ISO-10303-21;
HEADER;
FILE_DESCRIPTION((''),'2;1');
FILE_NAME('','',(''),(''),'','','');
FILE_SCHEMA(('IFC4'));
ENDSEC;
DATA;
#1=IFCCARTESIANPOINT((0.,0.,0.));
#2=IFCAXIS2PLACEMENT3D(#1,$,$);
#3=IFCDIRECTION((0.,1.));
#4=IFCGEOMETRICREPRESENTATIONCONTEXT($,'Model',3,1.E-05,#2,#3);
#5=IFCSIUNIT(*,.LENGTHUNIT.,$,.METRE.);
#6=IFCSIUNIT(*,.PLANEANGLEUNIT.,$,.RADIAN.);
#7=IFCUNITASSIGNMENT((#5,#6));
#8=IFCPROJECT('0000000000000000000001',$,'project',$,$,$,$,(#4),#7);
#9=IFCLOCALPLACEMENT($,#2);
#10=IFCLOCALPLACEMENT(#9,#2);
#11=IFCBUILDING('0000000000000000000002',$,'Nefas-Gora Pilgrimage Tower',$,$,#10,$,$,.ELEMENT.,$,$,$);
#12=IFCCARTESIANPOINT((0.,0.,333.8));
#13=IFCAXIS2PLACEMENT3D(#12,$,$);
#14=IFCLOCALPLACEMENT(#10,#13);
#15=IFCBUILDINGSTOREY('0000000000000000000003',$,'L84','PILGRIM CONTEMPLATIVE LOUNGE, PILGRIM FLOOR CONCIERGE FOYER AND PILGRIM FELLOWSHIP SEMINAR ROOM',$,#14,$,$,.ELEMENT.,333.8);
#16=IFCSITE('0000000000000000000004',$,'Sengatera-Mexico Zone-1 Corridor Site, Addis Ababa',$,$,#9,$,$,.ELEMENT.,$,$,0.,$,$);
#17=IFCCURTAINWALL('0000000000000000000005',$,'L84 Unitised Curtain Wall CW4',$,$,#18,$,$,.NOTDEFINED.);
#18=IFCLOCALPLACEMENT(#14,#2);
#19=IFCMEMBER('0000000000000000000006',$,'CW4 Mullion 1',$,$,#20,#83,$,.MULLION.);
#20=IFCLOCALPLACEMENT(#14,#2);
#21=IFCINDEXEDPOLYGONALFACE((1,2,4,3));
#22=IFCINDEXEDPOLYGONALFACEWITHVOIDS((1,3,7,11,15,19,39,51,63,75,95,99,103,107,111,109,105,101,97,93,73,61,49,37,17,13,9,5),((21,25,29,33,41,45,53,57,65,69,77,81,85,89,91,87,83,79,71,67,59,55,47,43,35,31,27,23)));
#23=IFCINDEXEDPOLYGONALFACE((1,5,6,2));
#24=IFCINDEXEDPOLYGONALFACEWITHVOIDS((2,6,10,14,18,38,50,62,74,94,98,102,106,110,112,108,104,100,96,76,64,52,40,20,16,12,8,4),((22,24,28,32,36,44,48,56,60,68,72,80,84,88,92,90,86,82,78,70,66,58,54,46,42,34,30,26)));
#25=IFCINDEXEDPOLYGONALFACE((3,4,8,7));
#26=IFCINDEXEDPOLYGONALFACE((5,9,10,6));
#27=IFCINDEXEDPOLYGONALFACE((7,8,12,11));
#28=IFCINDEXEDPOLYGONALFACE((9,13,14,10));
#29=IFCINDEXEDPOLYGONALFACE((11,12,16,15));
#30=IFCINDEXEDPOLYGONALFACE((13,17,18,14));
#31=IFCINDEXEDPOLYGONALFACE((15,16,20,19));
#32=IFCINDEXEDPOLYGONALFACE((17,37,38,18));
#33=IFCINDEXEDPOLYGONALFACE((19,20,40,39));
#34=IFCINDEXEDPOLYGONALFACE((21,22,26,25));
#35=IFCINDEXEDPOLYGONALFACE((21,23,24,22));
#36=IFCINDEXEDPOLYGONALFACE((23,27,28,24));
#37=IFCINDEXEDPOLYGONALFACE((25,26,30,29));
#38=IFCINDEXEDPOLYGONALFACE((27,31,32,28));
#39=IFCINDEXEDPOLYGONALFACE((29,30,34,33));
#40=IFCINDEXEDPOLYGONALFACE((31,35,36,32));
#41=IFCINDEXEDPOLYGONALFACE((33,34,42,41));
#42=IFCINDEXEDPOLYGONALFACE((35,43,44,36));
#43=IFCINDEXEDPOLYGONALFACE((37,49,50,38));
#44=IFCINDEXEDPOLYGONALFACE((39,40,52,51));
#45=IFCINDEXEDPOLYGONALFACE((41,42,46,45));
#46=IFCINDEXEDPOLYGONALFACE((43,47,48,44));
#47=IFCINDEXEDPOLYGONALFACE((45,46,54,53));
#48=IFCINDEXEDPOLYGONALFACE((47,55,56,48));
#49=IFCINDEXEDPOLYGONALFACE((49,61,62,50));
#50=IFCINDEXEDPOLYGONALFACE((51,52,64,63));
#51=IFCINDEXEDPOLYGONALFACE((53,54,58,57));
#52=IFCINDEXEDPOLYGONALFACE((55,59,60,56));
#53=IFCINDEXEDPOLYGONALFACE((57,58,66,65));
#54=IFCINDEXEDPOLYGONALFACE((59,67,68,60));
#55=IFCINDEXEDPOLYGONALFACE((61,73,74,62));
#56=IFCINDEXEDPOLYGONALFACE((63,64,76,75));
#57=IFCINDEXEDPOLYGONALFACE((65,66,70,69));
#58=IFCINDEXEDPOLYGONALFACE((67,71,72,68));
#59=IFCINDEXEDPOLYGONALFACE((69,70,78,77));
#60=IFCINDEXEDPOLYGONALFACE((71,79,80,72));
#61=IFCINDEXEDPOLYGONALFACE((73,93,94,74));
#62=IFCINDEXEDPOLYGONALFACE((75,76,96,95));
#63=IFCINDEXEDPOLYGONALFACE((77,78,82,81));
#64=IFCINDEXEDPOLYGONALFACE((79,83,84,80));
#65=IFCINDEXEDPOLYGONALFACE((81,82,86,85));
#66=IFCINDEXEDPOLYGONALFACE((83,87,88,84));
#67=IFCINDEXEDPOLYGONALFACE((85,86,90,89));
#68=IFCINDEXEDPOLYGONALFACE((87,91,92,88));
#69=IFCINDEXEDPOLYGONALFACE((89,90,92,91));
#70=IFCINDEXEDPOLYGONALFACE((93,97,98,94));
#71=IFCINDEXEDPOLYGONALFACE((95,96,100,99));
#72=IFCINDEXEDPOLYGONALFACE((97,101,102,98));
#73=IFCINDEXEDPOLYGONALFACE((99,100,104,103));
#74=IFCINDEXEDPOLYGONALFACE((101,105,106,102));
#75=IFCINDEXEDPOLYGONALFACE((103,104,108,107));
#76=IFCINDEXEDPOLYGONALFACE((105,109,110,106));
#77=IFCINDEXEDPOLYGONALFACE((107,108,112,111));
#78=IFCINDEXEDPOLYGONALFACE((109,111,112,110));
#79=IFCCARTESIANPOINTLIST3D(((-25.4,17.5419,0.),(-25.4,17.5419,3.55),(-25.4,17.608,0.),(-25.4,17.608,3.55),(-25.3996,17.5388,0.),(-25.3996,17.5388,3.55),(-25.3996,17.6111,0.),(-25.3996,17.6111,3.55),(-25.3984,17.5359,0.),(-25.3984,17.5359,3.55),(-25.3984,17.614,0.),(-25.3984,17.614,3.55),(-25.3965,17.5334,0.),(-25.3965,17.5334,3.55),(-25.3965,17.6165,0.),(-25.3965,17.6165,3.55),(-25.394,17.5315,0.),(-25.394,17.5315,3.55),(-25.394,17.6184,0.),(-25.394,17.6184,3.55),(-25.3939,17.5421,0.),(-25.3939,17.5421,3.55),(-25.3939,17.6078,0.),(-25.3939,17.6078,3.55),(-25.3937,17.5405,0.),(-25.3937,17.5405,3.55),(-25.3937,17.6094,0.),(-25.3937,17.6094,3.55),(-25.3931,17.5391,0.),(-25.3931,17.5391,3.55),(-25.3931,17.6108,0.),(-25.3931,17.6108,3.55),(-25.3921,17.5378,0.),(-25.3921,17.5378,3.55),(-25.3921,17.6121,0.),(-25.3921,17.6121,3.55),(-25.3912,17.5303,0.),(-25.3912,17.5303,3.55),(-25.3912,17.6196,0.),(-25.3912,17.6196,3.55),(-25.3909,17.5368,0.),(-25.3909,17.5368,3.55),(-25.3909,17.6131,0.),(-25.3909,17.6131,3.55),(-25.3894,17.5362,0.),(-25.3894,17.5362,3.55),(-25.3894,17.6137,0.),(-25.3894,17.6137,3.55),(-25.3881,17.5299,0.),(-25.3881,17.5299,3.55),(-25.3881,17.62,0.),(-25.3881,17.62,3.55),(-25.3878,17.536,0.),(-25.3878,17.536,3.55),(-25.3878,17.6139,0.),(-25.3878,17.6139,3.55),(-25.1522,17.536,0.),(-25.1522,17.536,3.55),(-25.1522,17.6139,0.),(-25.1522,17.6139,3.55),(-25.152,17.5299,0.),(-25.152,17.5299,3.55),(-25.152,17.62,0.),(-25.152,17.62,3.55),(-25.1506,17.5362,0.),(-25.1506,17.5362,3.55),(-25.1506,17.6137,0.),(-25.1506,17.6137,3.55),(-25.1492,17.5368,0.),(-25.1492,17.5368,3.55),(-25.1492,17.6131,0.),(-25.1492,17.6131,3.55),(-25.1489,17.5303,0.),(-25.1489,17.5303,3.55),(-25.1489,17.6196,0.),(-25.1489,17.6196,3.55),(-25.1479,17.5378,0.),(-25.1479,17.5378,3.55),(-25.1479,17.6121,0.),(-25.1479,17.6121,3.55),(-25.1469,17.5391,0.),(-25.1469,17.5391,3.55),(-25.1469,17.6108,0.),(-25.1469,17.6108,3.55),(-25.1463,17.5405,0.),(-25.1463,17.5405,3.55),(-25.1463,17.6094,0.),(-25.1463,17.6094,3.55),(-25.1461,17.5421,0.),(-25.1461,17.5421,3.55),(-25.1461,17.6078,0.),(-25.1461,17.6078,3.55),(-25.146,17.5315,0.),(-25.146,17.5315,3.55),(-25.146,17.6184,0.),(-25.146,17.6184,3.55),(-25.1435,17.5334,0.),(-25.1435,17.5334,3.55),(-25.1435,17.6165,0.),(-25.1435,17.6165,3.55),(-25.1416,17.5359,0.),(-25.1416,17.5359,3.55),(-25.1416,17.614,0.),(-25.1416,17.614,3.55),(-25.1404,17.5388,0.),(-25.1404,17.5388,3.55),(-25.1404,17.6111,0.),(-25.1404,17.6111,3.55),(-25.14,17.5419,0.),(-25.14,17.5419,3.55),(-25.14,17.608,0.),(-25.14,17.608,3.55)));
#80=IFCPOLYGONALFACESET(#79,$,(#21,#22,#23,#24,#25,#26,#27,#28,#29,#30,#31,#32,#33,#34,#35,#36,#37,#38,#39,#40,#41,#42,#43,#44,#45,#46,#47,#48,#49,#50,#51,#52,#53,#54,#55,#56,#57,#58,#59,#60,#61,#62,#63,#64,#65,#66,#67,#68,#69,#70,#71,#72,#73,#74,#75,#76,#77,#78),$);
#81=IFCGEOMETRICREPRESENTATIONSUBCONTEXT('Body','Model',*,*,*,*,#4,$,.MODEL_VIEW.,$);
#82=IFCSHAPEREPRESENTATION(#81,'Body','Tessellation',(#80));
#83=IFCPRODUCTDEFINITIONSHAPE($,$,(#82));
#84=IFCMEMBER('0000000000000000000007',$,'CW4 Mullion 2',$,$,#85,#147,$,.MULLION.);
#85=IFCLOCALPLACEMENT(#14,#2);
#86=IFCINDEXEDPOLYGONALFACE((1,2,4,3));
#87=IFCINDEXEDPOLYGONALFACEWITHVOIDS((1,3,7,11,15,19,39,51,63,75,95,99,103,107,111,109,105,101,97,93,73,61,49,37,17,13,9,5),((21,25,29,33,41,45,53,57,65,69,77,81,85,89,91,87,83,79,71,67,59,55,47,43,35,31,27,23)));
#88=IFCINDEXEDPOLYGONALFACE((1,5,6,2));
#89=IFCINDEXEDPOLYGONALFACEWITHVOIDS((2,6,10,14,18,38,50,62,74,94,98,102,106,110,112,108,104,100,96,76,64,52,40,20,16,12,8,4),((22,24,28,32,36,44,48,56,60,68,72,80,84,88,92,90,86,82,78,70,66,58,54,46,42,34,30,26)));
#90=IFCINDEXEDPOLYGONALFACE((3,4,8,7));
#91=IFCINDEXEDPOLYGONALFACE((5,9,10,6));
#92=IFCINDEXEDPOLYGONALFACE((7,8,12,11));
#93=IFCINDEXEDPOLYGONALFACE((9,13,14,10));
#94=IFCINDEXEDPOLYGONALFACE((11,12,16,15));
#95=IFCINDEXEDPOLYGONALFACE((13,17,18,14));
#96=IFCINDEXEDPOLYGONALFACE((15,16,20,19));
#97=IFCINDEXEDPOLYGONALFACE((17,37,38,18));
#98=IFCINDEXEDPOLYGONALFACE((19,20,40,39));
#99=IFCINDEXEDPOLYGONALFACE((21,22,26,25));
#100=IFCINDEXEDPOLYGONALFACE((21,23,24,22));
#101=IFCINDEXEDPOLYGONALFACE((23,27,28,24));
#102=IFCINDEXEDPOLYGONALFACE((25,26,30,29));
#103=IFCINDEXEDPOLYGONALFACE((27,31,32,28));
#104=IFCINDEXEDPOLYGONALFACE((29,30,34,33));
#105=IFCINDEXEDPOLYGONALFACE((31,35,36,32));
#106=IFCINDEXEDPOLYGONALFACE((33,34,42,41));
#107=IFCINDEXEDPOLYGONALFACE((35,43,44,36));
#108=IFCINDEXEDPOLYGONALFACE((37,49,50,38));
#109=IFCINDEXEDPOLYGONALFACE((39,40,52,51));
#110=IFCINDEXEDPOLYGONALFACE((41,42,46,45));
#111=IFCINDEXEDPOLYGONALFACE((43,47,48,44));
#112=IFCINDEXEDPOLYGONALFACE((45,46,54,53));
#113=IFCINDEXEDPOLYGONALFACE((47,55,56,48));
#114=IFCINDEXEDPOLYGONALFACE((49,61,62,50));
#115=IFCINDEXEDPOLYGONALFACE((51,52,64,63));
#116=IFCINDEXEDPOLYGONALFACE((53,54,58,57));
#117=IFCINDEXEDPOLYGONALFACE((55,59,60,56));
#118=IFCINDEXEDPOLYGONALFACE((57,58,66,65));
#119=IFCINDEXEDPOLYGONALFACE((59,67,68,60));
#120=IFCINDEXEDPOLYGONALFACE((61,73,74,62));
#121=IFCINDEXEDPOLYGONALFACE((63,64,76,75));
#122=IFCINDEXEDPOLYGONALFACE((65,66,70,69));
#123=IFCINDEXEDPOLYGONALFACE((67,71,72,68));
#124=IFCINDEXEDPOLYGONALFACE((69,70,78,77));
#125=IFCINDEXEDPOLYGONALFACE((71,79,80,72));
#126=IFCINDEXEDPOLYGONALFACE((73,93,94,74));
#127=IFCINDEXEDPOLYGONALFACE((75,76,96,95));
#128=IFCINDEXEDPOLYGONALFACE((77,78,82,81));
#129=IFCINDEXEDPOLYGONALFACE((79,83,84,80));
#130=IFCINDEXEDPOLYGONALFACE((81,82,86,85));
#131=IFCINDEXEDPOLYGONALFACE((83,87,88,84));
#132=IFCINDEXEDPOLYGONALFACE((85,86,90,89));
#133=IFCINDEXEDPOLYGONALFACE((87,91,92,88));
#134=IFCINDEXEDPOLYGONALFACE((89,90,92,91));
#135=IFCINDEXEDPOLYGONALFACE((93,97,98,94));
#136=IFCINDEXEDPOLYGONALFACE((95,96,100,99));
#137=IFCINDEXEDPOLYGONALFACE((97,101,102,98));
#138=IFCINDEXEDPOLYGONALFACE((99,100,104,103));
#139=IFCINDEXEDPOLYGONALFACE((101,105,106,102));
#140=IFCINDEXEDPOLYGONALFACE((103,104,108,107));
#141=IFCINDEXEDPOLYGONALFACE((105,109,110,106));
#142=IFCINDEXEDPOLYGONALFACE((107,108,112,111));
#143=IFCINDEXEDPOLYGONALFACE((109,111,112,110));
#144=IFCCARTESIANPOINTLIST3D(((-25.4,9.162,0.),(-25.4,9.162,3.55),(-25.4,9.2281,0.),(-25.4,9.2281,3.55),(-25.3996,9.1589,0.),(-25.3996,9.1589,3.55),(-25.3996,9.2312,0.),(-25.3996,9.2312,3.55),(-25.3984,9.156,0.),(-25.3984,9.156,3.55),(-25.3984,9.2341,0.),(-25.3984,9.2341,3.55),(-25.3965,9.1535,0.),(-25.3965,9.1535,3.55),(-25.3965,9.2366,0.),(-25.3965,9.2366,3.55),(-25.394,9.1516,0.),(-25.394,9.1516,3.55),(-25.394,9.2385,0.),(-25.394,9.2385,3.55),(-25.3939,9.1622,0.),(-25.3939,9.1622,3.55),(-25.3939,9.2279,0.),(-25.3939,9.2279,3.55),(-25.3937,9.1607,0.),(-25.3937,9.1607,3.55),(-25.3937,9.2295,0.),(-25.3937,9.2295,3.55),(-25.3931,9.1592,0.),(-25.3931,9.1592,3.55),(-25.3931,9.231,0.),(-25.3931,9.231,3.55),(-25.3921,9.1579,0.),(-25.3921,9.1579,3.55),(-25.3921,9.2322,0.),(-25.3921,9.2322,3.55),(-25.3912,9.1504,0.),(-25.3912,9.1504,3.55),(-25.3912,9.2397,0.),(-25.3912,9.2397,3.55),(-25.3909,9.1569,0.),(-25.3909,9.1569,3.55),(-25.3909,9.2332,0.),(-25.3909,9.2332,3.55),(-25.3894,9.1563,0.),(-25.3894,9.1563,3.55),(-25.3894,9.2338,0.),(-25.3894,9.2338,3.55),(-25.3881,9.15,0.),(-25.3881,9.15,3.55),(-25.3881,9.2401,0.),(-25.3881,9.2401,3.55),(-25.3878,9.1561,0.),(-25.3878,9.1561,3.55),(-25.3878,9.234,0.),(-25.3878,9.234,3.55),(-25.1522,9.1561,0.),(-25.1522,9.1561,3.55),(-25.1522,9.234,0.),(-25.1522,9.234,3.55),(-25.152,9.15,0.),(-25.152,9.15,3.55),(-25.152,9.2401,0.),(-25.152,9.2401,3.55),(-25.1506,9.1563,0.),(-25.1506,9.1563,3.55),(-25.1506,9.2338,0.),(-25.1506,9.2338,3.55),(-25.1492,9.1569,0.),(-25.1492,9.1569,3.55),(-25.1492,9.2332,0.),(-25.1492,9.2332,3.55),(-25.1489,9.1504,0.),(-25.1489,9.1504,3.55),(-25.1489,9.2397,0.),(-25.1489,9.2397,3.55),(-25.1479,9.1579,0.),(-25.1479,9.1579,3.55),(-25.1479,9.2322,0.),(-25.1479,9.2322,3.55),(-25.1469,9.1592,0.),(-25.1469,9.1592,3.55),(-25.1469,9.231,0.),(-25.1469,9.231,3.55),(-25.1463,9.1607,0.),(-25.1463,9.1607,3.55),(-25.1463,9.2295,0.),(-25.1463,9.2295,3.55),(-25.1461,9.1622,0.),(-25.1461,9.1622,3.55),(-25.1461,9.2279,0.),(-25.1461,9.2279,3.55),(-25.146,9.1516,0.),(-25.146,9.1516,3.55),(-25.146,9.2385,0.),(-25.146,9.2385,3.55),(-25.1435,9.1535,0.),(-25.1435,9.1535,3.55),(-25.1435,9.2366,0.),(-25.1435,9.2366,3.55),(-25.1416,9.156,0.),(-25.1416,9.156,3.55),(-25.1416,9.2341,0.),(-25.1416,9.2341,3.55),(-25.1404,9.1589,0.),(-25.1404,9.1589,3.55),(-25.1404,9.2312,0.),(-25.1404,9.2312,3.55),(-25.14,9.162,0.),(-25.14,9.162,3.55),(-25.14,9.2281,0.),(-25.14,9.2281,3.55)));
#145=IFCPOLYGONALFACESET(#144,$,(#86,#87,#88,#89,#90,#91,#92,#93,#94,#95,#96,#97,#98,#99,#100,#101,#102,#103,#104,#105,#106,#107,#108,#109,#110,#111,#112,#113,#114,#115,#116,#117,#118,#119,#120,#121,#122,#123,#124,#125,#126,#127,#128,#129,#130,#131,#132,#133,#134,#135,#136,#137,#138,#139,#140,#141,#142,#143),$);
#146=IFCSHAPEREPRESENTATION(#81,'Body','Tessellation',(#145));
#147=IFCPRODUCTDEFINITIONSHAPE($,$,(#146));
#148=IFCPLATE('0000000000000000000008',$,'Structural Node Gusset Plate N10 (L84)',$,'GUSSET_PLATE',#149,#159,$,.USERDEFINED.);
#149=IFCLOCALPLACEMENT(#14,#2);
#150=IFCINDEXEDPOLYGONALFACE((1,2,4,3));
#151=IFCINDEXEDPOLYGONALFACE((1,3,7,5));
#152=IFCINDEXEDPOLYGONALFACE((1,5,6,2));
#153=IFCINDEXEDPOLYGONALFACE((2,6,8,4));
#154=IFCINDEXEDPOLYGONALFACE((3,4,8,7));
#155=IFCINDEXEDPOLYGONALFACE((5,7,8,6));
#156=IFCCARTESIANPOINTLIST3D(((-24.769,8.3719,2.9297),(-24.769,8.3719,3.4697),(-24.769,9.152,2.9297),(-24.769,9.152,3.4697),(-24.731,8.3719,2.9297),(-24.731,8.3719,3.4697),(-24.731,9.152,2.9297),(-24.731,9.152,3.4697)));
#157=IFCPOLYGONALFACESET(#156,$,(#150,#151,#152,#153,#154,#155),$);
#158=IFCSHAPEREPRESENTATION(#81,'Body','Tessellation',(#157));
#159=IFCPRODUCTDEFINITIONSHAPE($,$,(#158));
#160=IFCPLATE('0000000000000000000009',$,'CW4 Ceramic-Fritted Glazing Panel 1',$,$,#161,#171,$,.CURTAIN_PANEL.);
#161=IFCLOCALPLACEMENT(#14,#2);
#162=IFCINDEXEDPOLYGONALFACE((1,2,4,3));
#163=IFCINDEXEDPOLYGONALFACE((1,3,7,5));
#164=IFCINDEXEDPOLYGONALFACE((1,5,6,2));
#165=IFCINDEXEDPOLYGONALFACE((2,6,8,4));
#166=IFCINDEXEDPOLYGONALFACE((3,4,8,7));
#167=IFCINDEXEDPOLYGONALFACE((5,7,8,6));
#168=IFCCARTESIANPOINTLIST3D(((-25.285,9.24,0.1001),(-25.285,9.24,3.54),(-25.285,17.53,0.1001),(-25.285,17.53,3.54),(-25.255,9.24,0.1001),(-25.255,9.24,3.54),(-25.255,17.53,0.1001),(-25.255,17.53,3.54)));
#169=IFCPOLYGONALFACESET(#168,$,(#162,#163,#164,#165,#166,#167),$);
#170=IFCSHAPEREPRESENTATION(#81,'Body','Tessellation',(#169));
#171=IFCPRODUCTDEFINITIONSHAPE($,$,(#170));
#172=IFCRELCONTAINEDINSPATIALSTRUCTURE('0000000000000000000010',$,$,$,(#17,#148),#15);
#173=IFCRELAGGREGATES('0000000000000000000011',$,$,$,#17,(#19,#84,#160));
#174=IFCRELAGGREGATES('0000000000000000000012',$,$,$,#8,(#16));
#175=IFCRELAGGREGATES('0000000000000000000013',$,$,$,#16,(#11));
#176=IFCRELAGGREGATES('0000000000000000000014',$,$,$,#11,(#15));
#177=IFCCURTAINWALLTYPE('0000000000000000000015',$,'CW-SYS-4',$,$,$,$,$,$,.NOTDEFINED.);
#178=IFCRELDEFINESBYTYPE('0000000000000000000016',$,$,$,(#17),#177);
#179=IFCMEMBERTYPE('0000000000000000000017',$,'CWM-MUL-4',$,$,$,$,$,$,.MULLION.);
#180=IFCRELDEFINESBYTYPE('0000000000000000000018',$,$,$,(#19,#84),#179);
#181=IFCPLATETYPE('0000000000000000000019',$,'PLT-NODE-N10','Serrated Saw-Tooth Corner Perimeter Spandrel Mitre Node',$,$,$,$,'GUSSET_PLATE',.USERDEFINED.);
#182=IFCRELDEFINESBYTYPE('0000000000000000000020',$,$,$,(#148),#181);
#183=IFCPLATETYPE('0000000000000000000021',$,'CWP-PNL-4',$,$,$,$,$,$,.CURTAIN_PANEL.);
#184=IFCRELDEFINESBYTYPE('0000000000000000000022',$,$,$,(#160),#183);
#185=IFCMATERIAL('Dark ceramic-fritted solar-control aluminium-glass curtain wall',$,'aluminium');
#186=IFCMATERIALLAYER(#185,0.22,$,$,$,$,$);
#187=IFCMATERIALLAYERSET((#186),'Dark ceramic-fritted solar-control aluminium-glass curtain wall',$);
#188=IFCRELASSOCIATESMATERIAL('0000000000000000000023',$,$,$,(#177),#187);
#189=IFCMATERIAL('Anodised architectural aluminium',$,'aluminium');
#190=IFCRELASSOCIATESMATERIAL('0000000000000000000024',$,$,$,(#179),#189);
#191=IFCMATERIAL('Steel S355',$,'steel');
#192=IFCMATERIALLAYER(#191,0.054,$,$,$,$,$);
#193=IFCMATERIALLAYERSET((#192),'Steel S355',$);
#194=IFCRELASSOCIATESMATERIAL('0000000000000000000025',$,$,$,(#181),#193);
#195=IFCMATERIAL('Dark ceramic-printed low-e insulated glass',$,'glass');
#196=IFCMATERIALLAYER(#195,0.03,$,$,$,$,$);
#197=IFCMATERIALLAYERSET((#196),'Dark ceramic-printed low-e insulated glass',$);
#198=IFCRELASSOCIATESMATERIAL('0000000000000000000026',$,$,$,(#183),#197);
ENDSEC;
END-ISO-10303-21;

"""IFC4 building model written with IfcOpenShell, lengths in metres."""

from ifc_helpers import new_model, si_unit, direction, frame, origin, origin_2d, place, context, subcontext, project, spatial, rectangle, hollow_rectangle, extrude, source, transform, mapped, material, layer, layer_set, material_profile, profile_set, type_object, element, aggregate, save


model = new_model("IFC4")

# Units and contexts
model_context = context("Model", 3, precision=1e-05, world=origin(), true_north=direction((0.0, 1.0)))
body_context = subcontext(model_context, "Body", "Model", "MODEL_VIEW")
ifc_project = project(units=[si_unit("LENGTHUNIT", "METRE"), si_unit("PLANEANGLEUNIT", "RADIAN")], contexts=[model_context])

# Site, building, storey
site_placement = place(None, origin())
site = spatial("IfcSite", under=ifc_project, at=site_placement, Name="Sengatera-Mexico Zone-1 Corridor Site, Addis Ababa", CompositionType="ELEMENT", RefElevation=0.0)
building_placement = place(site_placement, origin())
building = spatial("IfcBuilding", under=site, at=building_placement, Name="Nefas-Gora Pilgrimage Tower", CompositionType="ELEMENT")
storey_placement = place(building_placement, frame((0.0, 0.0, 333.8)))
storey = spatial("IfcBuildingStorey", under=building, at=storey_placement, Name="L84", Description="PILGRIM CONTEMPLATIVE LOUNGE, PILGRIM FLOOR CONCIERGE FOYER AND PILGRIM FELLOWSHIP SEMINAR ROOM", CompositionType="ELEMENT", Elevation=333.8)

# Shared definitions
ifc_material_1 = material(Name="Steel S355", Category="steel")

# Curtain wall
ifc_material_2 = material(Name="Dark ceramic-fritted solar-control aluminium-glass curtain wall", Category="aluminium")
ifc_layer_1 = layer(ifc_material_2, 0.22)
ifc_layer_set_1 = layer_set([ifc_layer_1], Name="Dark ceramic-fritted solar-control aluminium-glass curtain wall")
curtain_wall_type = type_object("IfcCurtainWallType", Name="CW-SYS-4", PredefinedType="NOTDEFINED", material=ifc_layer_set_1)
curtain_wall_1_placement = place(storey_placement, origin())
curtain_wall_1 = element("IfcCurtainWall", 1, at=curtain_wall_1_placement, inside=storey, type_object=curtain_wall_type, Name="L84 Unitised Curtain Wall CW4", PredefinedType="NOTDEFINED")
ifc_material_3 = material(Name="Anodised architectural aluminium", Category="aluminium")
ifc_material_profile_1 = material_profile(ifc_material_3, hollow_rectangle(XDim=0.0901, YDim=0.26, WallThickness=0.0061, InnerFilletRadius=0.0061, OuterFilletRadius=0.012, at=origin_2d()), Name="ALU MULLION 90x260")
ifc_profile_set_1 = profile_set([ifc_material_profile_1], Name="Anodised architectural aluminium")
member_type_1 = type_object("IfcMemberType", Name="CWM-MUL-4", PredefinedType="MULLION", material=ifc_profile_set_1)
shared_shape_1 = source(origin(), body_context, "Body", "SweptSolid", [
    extrude(hollow_rectangle(XDim=0.0901, YDim=0.26, WallThickness=0.0061, InnerFilletRadius=0.0061, OuterFilletRadius=0.012, at=origin_2d()), origin(), (0.0, 0.0, 1.0), 3.55),
])

# Members
member_1_placement = place(storey_placement, frame((-25.27, 17.575, 0.0), z_axis=(0.0, 0.0, 1.0), x_axis=(0.0, -1.0, 0.0)))
member_1 = element("IfcMember", 2, at=member_1_placement, type_object=member_type_1, Name="CW4 Mullion 1", PredefinedType="MULLION", context=body_context, shape_type="MappedRepresentation", body=[
    mapped(shared_shape_1, transform((0.0, 0.0, 0.0), x_axis=(1.0, 0.0, 0.0), y_axis=(0.0, 1.0, 0.0), z_axis=(0.0, 0.0, 1.0), scale=1.0)),
])
member_2_placement = place(storey_placement, frame((-25.27, 9.1951, 0.0), z_axis=(0.0, 0.0, 1.0), x_axis=(0.0, -1.0, 0.0)))
member_2 = element("IfcMember", 3, at=member_2_placement, type_object=member_type_1, Name="CW4 Mullion 2", PredefinedType="MULLION", context=body_context, shape_type="MappedRepresentation", body=[
    mapped(shared_shape_1, transform((0.0, 0.0, 0.0), x_axis=(1.0, 0.0, 0.0), y_axis=(0.0, 1.0, 0.0), z_axis=(0.0, 0.0, 1.0), scale=1.0)),
])

# Plates
ifc_layer_2 = layer(ifc_material_1, 0.054)
ifc_layer_set_2 = layer_set([ifc_layer_2], Name="Steel S355")
plate_type_1 = type_object("IfcPlateType", Name="PLT-NODE-N10", Description="Serrated Saw-Tooth Corner Perimeter Spandrel Mitre Node", ElementType="GUSSET_PLATE", PredefinedType="USERDEFINED", material=ifc_layer_set_2)
shared_shape_2 = source(origin(), body_context, "Body", "SweptSolid", [
    extrude(rectangle(XDim=0.78, YDim=0.0381, at=origin_2d()), origin(), (0.0, 0.0, 1.0), 0.54),
])
plate_1_placement = place(storey_placement, frame((-24.75, 8.762, 2.9297), z_axis=(0.0, 0.0, 1.0), x_axis=(0.0, 1.0, 0.0)))
element("IfcPlate", 4, at=plate_1_placement, inside=storey, type_object=plate_type_1, Name="Structural Node Gusset Plate N10 (L84)", ObjectType="GUSSET_PLATE", PredefinedType="USERDEFINED", context=body_context, shape_type="MappedRepresentation", body=[
    mapped(shared_shape_2, transform((0.0, 0.0, 0.0), x_axis=(1.0, 0.0, 0.0), y_axis=(0.0, 1.0, 0.0), z_axis=(0.0, 0.0, 1.0), scale=1.0)),
])
ifc_material_4 = material(Name="Dark ceramic-printed low-e insulated glass", Category="glass")
ifc_layer_3 = layer(ifc_material_4, 0.03)
ifc_layer_set_3 = layer_set([ifc_layer_3], Name="Dark ceramic-printed low-e insulated glass")
plate_type_2 = type_object("IfcPlateType", Name="CWP-PNL-4", PredefinedType="CURTAIN_PANEL", material=ifc_layer_set_3)
shared_shape_3 = source(origin(), body_context, "Body", "SweptSolid", [
    extrude(rectangle(XDim=8.29, YDim=0.03, at=origin_2d()), origin(), (0.0, 0.0, 1.0), 3.4399),
])
plate_2_placement = place(storey_placement, frame((-25.27, 13.385, 0.1001), z_axis=(0.0, 0.0, 1.0), x_axis=(0.0, -1.0, 0.0)))
plate_2 = element("IfcPlate", 5, at=plate_2_placement, type_object=plate_type_2, Name="CW4 Ceramic-Fritted Glazing Panel 1", PredefinedType="CURTAIN_PANEL", context=body_context, shape_type="MappedRepresentation", body=[
    mapped(shared_shape_3, transform((0.0, 0.0, 0.0), x_axis=(1.0, 0.0, 0.0), y_axis=(0.0, 1.0, 0.0), z_axis=(0.0, 0.0, 1.0), scale=1.0)),
])
aggregate(curtain_wall_1, [member_1, member_2, plate_2])

save(model, "model.ifc")
